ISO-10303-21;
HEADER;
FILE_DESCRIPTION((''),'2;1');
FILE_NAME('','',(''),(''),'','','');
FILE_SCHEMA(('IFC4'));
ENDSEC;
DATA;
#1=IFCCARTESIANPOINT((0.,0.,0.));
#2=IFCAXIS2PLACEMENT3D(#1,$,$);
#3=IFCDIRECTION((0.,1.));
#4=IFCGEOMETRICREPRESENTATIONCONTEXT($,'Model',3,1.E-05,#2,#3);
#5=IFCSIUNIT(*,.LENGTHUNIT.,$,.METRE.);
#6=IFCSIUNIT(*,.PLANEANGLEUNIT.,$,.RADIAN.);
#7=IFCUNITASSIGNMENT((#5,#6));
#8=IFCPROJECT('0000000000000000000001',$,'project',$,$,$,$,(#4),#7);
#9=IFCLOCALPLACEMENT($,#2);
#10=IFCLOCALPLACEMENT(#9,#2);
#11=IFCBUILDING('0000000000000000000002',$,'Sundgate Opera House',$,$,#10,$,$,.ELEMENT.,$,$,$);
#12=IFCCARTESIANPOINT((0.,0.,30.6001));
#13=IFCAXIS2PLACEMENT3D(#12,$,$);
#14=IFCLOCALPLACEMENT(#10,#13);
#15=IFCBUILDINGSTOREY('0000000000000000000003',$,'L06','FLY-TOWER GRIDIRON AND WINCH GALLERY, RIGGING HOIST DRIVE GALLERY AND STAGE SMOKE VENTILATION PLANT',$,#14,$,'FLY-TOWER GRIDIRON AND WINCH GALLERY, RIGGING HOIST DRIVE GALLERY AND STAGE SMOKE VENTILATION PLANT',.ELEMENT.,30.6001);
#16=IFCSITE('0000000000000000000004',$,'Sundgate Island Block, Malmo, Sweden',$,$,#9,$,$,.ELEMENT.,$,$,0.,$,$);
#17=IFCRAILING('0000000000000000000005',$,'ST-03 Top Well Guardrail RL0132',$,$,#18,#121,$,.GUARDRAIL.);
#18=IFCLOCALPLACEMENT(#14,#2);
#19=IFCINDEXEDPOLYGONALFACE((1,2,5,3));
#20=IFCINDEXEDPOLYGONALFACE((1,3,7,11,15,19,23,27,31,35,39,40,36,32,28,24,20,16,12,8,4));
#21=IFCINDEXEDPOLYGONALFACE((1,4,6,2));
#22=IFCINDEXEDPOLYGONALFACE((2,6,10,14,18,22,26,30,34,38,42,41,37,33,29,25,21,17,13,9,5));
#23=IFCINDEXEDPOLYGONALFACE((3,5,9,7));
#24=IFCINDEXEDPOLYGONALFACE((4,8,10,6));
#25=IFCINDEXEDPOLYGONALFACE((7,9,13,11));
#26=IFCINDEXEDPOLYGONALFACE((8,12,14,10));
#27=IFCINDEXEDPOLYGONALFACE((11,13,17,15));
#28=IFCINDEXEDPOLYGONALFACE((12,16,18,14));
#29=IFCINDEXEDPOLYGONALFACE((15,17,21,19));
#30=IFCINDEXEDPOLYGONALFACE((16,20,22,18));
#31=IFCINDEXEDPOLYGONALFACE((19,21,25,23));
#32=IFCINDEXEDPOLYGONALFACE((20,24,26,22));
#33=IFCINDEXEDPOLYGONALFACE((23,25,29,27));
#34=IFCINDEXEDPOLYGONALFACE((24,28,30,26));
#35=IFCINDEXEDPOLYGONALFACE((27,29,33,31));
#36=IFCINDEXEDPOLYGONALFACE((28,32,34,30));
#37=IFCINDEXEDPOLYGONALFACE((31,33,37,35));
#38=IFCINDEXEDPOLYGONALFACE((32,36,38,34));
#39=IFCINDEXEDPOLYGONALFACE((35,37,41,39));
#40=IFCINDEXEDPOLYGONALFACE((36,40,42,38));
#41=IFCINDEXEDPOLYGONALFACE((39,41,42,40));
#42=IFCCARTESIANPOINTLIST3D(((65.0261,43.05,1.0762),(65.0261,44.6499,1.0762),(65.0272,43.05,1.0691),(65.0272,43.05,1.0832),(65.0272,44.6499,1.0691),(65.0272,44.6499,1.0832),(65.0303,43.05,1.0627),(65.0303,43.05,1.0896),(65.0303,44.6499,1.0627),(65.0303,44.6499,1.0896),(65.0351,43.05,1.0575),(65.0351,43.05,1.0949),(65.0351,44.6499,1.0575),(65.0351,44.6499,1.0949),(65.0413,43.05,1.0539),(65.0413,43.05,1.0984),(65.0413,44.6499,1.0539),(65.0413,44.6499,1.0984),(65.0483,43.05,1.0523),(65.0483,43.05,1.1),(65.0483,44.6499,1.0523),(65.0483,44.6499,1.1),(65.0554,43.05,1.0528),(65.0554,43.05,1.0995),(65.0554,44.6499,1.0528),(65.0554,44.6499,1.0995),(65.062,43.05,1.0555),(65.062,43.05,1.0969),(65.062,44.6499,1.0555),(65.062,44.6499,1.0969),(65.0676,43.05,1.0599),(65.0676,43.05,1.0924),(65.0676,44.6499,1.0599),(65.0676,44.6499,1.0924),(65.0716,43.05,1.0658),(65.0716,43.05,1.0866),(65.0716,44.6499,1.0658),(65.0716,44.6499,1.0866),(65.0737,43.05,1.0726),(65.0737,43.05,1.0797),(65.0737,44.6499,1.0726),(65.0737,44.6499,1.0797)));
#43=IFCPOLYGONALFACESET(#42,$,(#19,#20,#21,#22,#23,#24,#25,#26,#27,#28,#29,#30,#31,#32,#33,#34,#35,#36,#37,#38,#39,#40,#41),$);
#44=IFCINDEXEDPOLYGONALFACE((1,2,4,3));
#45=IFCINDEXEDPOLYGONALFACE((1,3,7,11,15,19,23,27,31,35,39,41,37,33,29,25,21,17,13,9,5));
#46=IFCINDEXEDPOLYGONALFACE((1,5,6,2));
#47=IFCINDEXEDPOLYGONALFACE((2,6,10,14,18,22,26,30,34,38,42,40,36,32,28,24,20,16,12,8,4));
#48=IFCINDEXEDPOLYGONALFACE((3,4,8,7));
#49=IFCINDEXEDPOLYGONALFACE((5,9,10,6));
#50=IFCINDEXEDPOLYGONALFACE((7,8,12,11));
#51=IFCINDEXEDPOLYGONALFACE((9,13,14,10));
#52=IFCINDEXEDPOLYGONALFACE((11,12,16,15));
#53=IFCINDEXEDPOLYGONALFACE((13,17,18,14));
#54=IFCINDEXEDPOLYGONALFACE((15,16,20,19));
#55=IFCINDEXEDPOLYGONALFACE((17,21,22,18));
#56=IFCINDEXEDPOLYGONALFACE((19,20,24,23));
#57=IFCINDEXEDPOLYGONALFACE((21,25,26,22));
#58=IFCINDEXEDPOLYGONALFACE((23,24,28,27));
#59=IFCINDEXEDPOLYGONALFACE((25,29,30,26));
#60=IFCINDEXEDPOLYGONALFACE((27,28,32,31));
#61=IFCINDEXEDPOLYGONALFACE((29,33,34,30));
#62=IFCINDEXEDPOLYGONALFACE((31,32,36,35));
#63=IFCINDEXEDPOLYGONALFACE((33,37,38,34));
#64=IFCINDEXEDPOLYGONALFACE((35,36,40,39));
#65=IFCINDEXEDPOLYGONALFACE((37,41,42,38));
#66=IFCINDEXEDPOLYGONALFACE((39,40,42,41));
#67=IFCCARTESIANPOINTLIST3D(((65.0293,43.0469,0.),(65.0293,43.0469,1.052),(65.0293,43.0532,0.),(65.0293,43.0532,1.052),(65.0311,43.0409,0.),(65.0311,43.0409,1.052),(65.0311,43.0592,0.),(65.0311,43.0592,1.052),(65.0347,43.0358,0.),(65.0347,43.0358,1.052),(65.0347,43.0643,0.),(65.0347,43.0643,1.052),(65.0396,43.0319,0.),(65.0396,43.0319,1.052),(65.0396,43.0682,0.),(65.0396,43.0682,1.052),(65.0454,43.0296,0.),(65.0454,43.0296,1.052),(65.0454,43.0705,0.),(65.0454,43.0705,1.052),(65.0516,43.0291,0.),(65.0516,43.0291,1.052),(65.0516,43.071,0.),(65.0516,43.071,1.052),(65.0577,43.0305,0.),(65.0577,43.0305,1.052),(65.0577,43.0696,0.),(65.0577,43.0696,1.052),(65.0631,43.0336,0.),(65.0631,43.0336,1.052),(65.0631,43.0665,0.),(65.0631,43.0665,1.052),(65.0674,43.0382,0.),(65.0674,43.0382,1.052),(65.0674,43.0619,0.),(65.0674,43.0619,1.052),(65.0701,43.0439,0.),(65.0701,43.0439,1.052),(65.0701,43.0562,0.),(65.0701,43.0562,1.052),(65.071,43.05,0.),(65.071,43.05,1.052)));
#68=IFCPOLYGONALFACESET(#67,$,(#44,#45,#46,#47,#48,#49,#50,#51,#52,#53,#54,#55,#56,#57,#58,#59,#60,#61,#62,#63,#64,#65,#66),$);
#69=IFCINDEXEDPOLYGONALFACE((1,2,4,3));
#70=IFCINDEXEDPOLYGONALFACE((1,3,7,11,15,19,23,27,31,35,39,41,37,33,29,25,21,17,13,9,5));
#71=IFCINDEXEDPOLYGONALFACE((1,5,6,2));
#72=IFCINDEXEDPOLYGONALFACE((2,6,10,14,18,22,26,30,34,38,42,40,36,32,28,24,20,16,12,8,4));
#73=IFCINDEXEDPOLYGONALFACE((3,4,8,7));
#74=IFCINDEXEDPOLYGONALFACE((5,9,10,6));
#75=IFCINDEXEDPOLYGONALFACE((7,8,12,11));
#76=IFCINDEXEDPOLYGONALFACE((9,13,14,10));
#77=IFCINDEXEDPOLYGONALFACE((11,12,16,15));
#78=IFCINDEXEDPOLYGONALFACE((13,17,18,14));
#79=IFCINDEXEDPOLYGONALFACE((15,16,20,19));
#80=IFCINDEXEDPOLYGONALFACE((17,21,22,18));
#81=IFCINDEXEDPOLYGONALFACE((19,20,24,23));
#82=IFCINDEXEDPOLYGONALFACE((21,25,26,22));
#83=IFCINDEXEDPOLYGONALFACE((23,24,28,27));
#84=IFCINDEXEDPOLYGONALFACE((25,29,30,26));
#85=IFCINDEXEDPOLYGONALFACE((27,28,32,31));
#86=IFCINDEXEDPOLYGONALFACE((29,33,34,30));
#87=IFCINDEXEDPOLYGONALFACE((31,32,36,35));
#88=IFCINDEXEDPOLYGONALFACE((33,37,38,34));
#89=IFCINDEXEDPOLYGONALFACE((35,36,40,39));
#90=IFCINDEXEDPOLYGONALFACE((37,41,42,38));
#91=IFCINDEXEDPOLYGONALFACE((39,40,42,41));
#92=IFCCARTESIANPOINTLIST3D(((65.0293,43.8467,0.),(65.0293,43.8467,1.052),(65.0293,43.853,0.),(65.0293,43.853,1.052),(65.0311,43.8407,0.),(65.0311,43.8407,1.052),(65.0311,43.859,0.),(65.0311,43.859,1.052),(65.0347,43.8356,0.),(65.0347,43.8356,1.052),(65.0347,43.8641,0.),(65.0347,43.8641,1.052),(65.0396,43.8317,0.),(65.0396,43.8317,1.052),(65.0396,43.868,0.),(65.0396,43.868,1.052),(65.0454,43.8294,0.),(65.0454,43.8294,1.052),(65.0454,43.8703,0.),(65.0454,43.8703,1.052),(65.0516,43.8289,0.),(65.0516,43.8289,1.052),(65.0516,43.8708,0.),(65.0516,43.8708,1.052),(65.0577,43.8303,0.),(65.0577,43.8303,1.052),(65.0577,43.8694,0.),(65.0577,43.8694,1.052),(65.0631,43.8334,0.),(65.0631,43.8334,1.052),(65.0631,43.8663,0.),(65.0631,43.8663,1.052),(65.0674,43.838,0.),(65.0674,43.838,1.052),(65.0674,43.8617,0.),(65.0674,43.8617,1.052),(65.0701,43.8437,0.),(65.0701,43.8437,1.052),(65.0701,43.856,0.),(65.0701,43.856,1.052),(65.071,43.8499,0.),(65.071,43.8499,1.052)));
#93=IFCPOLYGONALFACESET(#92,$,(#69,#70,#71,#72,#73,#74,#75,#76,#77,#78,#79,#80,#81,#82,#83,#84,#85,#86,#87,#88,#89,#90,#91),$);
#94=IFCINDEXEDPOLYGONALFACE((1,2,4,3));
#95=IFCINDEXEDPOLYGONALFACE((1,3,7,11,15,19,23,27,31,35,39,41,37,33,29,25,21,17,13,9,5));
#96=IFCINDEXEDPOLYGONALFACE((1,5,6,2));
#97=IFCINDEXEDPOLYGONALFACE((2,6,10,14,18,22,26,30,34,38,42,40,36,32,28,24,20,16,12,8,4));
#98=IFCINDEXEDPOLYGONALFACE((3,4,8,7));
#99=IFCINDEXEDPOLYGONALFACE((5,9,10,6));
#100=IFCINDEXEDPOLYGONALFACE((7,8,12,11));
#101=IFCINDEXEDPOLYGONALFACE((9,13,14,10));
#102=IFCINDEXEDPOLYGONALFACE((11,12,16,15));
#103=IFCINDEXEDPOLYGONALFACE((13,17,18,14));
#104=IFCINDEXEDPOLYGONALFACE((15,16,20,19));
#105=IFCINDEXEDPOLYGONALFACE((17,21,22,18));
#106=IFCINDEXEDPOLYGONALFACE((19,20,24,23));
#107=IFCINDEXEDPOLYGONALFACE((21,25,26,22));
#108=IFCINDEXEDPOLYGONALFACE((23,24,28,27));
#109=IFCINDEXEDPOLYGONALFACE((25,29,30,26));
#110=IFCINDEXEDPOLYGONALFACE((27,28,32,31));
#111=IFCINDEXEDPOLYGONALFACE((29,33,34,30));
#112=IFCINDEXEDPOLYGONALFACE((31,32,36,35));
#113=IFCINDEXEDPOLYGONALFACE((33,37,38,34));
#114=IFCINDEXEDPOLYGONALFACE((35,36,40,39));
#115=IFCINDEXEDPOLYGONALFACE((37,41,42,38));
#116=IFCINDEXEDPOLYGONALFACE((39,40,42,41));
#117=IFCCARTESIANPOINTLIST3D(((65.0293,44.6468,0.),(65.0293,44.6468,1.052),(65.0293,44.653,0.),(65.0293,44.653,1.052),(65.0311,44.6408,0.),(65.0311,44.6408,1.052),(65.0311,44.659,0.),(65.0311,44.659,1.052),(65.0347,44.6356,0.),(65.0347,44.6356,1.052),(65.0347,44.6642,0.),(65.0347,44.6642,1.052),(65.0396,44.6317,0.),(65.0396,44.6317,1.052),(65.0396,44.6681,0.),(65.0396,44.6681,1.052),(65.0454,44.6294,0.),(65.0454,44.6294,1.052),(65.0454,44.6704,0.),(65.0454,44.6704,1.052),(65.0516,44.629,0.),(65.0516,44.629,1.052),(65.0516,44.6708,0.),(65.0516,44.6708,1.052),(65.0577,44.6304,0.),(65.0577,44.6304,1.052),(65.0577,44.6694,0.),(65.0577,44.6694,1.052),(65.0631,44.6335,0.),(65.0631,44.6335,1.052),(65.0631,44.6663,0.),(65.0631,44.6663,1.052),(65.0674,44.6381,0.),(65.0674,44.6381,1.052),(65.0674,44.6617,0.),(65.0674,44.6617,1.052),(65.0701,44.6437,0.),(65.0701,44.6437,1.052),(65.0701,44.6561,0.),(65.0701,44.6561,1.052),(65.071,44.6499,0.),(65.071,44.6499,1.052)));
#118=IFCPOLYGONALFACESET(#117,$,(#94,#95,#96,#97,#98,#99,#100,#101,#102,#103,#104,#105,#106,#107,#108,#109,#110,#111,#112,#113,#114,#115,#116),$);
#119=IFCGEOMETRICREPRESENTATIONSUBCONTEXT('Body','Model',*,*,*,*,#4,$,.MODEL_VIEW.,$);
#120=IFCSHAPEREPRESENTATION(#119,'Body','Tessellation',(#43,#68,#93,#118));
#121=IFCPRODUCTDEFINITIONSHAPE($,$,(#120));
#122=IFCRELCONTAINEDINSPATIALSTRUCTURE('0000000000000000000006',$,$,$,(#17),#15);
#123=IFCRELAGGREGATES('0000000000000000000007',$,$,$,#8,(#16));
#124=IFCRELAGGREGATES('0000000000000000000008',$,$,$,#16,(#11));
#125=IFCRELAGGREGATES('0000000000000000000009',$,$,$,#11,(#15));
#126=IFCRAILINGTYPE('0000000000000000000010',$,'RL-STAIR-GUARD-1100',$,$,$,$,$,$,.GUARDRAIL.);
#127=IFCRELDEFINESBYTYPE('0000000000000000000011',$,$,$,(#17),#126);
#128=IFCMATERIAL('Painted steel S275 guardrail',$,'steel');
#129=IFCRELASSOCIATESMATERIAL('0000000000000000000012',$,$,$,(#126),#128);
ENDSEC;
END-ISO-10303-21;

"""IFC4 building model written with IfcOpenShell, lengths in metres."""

from ifc_helpers import new_model, si_unit, direction, frame, origin, origin_2d, place, context, subcontext, project, spatial, circle, extrude, material, type_object, element, save


model = new_model("IFC4")

# Units and contexts
model_context = context("Model", 3, precision=1e-05, world=origin(), true_north=direction((0.0, 1.0)))
body_context = subcontext(model_context, "Body", "Model", "MODEL_VIEW")
ifc_project = project(units=[si_unit("LENGTHUNIT", "METRE"), si_unit("PLANEANGLEUNIT", "RADIAN")], contexts=[model_context])

# Site, building, storey
site_placement = place(None, origin())
site = spatial("IfcSite", under=ifc_project, at=site_placement, Name="Sundgate Island Block, Malmo, Sweden", CompositionType="ELEMENT", RefElevation=0.0)
building_placement = place(site_placement, origin())
building = spatial("IfcBuilding", under=site, at=building_placement, Name="Sundgate Opera House", CompositionType="ELEMENT")
storey_placement = place(building_placement, frame((0.0, 0.0, 30.6001)))
storey = spatial("IfcBuildingStorey", under=building, at=storey_placement, Name="L06", Description="FLY-TOWER GRIDIRON AND WINCH GALLERY, RIGGING HOIST DRIVE GALLERY AND STAGE SMOKE VENTILATION PLANT", LongName="FLY-TOWER GRIDIRON AND WINCH GALLERY, RIGGING HOIST DRIVE GALLERY AND STAGE SMOKE VENTILATION PLANT", CompositionType="ELEMENT", Elevation=30.6001)

# Railing
ifc_material_1 = material(Name="Painted steel S275 guardrail", Category="steel")
railing_type = type_object("IfcRailingType", Name="RL-STAIR-GUARD-1100", PredefinedType="GUARDRAIL", material=ifc_material_1)
railing_placement = place(storey_placement, frame((65.05, 43.05, 0.0)))
element("IfcRailing", 1, at=railing_placement, inside=storey, type_object=railing_type, Name="ST-03 Top Well Guardrail RL0132", PredefinedType="GUARDRAIL", context=body_context, shape_type="SweptSolid", body=[
    extrude(circle(Radius=0.0239, at=origin_2d()), frame((0.0, 0.0, 1.0762), z_axis=(0.0, 1.0, 0.0), x_axis=(-1.0, 0.0, 0.0)), (0.0, 0.0, 1.0), 1.5999),
    extrude(circle(Radius=0.021, at=origin_2d()), origin(), (0.0, 0.0, 1.0), 1.052),
    extrude(circle(Radius=0.021, at=origin_2d()), frame((0.0, 0.7998, 0.0)), (0.0, 0.0, 1.0), 1.052),
    extrude(circle(Radius=0.021, at=origin_2d()), frame((0.0, 1.5999, 0.0)), (0.0, 0.0, 1.0), 1.052),
])

save(model, "model.ifc")
